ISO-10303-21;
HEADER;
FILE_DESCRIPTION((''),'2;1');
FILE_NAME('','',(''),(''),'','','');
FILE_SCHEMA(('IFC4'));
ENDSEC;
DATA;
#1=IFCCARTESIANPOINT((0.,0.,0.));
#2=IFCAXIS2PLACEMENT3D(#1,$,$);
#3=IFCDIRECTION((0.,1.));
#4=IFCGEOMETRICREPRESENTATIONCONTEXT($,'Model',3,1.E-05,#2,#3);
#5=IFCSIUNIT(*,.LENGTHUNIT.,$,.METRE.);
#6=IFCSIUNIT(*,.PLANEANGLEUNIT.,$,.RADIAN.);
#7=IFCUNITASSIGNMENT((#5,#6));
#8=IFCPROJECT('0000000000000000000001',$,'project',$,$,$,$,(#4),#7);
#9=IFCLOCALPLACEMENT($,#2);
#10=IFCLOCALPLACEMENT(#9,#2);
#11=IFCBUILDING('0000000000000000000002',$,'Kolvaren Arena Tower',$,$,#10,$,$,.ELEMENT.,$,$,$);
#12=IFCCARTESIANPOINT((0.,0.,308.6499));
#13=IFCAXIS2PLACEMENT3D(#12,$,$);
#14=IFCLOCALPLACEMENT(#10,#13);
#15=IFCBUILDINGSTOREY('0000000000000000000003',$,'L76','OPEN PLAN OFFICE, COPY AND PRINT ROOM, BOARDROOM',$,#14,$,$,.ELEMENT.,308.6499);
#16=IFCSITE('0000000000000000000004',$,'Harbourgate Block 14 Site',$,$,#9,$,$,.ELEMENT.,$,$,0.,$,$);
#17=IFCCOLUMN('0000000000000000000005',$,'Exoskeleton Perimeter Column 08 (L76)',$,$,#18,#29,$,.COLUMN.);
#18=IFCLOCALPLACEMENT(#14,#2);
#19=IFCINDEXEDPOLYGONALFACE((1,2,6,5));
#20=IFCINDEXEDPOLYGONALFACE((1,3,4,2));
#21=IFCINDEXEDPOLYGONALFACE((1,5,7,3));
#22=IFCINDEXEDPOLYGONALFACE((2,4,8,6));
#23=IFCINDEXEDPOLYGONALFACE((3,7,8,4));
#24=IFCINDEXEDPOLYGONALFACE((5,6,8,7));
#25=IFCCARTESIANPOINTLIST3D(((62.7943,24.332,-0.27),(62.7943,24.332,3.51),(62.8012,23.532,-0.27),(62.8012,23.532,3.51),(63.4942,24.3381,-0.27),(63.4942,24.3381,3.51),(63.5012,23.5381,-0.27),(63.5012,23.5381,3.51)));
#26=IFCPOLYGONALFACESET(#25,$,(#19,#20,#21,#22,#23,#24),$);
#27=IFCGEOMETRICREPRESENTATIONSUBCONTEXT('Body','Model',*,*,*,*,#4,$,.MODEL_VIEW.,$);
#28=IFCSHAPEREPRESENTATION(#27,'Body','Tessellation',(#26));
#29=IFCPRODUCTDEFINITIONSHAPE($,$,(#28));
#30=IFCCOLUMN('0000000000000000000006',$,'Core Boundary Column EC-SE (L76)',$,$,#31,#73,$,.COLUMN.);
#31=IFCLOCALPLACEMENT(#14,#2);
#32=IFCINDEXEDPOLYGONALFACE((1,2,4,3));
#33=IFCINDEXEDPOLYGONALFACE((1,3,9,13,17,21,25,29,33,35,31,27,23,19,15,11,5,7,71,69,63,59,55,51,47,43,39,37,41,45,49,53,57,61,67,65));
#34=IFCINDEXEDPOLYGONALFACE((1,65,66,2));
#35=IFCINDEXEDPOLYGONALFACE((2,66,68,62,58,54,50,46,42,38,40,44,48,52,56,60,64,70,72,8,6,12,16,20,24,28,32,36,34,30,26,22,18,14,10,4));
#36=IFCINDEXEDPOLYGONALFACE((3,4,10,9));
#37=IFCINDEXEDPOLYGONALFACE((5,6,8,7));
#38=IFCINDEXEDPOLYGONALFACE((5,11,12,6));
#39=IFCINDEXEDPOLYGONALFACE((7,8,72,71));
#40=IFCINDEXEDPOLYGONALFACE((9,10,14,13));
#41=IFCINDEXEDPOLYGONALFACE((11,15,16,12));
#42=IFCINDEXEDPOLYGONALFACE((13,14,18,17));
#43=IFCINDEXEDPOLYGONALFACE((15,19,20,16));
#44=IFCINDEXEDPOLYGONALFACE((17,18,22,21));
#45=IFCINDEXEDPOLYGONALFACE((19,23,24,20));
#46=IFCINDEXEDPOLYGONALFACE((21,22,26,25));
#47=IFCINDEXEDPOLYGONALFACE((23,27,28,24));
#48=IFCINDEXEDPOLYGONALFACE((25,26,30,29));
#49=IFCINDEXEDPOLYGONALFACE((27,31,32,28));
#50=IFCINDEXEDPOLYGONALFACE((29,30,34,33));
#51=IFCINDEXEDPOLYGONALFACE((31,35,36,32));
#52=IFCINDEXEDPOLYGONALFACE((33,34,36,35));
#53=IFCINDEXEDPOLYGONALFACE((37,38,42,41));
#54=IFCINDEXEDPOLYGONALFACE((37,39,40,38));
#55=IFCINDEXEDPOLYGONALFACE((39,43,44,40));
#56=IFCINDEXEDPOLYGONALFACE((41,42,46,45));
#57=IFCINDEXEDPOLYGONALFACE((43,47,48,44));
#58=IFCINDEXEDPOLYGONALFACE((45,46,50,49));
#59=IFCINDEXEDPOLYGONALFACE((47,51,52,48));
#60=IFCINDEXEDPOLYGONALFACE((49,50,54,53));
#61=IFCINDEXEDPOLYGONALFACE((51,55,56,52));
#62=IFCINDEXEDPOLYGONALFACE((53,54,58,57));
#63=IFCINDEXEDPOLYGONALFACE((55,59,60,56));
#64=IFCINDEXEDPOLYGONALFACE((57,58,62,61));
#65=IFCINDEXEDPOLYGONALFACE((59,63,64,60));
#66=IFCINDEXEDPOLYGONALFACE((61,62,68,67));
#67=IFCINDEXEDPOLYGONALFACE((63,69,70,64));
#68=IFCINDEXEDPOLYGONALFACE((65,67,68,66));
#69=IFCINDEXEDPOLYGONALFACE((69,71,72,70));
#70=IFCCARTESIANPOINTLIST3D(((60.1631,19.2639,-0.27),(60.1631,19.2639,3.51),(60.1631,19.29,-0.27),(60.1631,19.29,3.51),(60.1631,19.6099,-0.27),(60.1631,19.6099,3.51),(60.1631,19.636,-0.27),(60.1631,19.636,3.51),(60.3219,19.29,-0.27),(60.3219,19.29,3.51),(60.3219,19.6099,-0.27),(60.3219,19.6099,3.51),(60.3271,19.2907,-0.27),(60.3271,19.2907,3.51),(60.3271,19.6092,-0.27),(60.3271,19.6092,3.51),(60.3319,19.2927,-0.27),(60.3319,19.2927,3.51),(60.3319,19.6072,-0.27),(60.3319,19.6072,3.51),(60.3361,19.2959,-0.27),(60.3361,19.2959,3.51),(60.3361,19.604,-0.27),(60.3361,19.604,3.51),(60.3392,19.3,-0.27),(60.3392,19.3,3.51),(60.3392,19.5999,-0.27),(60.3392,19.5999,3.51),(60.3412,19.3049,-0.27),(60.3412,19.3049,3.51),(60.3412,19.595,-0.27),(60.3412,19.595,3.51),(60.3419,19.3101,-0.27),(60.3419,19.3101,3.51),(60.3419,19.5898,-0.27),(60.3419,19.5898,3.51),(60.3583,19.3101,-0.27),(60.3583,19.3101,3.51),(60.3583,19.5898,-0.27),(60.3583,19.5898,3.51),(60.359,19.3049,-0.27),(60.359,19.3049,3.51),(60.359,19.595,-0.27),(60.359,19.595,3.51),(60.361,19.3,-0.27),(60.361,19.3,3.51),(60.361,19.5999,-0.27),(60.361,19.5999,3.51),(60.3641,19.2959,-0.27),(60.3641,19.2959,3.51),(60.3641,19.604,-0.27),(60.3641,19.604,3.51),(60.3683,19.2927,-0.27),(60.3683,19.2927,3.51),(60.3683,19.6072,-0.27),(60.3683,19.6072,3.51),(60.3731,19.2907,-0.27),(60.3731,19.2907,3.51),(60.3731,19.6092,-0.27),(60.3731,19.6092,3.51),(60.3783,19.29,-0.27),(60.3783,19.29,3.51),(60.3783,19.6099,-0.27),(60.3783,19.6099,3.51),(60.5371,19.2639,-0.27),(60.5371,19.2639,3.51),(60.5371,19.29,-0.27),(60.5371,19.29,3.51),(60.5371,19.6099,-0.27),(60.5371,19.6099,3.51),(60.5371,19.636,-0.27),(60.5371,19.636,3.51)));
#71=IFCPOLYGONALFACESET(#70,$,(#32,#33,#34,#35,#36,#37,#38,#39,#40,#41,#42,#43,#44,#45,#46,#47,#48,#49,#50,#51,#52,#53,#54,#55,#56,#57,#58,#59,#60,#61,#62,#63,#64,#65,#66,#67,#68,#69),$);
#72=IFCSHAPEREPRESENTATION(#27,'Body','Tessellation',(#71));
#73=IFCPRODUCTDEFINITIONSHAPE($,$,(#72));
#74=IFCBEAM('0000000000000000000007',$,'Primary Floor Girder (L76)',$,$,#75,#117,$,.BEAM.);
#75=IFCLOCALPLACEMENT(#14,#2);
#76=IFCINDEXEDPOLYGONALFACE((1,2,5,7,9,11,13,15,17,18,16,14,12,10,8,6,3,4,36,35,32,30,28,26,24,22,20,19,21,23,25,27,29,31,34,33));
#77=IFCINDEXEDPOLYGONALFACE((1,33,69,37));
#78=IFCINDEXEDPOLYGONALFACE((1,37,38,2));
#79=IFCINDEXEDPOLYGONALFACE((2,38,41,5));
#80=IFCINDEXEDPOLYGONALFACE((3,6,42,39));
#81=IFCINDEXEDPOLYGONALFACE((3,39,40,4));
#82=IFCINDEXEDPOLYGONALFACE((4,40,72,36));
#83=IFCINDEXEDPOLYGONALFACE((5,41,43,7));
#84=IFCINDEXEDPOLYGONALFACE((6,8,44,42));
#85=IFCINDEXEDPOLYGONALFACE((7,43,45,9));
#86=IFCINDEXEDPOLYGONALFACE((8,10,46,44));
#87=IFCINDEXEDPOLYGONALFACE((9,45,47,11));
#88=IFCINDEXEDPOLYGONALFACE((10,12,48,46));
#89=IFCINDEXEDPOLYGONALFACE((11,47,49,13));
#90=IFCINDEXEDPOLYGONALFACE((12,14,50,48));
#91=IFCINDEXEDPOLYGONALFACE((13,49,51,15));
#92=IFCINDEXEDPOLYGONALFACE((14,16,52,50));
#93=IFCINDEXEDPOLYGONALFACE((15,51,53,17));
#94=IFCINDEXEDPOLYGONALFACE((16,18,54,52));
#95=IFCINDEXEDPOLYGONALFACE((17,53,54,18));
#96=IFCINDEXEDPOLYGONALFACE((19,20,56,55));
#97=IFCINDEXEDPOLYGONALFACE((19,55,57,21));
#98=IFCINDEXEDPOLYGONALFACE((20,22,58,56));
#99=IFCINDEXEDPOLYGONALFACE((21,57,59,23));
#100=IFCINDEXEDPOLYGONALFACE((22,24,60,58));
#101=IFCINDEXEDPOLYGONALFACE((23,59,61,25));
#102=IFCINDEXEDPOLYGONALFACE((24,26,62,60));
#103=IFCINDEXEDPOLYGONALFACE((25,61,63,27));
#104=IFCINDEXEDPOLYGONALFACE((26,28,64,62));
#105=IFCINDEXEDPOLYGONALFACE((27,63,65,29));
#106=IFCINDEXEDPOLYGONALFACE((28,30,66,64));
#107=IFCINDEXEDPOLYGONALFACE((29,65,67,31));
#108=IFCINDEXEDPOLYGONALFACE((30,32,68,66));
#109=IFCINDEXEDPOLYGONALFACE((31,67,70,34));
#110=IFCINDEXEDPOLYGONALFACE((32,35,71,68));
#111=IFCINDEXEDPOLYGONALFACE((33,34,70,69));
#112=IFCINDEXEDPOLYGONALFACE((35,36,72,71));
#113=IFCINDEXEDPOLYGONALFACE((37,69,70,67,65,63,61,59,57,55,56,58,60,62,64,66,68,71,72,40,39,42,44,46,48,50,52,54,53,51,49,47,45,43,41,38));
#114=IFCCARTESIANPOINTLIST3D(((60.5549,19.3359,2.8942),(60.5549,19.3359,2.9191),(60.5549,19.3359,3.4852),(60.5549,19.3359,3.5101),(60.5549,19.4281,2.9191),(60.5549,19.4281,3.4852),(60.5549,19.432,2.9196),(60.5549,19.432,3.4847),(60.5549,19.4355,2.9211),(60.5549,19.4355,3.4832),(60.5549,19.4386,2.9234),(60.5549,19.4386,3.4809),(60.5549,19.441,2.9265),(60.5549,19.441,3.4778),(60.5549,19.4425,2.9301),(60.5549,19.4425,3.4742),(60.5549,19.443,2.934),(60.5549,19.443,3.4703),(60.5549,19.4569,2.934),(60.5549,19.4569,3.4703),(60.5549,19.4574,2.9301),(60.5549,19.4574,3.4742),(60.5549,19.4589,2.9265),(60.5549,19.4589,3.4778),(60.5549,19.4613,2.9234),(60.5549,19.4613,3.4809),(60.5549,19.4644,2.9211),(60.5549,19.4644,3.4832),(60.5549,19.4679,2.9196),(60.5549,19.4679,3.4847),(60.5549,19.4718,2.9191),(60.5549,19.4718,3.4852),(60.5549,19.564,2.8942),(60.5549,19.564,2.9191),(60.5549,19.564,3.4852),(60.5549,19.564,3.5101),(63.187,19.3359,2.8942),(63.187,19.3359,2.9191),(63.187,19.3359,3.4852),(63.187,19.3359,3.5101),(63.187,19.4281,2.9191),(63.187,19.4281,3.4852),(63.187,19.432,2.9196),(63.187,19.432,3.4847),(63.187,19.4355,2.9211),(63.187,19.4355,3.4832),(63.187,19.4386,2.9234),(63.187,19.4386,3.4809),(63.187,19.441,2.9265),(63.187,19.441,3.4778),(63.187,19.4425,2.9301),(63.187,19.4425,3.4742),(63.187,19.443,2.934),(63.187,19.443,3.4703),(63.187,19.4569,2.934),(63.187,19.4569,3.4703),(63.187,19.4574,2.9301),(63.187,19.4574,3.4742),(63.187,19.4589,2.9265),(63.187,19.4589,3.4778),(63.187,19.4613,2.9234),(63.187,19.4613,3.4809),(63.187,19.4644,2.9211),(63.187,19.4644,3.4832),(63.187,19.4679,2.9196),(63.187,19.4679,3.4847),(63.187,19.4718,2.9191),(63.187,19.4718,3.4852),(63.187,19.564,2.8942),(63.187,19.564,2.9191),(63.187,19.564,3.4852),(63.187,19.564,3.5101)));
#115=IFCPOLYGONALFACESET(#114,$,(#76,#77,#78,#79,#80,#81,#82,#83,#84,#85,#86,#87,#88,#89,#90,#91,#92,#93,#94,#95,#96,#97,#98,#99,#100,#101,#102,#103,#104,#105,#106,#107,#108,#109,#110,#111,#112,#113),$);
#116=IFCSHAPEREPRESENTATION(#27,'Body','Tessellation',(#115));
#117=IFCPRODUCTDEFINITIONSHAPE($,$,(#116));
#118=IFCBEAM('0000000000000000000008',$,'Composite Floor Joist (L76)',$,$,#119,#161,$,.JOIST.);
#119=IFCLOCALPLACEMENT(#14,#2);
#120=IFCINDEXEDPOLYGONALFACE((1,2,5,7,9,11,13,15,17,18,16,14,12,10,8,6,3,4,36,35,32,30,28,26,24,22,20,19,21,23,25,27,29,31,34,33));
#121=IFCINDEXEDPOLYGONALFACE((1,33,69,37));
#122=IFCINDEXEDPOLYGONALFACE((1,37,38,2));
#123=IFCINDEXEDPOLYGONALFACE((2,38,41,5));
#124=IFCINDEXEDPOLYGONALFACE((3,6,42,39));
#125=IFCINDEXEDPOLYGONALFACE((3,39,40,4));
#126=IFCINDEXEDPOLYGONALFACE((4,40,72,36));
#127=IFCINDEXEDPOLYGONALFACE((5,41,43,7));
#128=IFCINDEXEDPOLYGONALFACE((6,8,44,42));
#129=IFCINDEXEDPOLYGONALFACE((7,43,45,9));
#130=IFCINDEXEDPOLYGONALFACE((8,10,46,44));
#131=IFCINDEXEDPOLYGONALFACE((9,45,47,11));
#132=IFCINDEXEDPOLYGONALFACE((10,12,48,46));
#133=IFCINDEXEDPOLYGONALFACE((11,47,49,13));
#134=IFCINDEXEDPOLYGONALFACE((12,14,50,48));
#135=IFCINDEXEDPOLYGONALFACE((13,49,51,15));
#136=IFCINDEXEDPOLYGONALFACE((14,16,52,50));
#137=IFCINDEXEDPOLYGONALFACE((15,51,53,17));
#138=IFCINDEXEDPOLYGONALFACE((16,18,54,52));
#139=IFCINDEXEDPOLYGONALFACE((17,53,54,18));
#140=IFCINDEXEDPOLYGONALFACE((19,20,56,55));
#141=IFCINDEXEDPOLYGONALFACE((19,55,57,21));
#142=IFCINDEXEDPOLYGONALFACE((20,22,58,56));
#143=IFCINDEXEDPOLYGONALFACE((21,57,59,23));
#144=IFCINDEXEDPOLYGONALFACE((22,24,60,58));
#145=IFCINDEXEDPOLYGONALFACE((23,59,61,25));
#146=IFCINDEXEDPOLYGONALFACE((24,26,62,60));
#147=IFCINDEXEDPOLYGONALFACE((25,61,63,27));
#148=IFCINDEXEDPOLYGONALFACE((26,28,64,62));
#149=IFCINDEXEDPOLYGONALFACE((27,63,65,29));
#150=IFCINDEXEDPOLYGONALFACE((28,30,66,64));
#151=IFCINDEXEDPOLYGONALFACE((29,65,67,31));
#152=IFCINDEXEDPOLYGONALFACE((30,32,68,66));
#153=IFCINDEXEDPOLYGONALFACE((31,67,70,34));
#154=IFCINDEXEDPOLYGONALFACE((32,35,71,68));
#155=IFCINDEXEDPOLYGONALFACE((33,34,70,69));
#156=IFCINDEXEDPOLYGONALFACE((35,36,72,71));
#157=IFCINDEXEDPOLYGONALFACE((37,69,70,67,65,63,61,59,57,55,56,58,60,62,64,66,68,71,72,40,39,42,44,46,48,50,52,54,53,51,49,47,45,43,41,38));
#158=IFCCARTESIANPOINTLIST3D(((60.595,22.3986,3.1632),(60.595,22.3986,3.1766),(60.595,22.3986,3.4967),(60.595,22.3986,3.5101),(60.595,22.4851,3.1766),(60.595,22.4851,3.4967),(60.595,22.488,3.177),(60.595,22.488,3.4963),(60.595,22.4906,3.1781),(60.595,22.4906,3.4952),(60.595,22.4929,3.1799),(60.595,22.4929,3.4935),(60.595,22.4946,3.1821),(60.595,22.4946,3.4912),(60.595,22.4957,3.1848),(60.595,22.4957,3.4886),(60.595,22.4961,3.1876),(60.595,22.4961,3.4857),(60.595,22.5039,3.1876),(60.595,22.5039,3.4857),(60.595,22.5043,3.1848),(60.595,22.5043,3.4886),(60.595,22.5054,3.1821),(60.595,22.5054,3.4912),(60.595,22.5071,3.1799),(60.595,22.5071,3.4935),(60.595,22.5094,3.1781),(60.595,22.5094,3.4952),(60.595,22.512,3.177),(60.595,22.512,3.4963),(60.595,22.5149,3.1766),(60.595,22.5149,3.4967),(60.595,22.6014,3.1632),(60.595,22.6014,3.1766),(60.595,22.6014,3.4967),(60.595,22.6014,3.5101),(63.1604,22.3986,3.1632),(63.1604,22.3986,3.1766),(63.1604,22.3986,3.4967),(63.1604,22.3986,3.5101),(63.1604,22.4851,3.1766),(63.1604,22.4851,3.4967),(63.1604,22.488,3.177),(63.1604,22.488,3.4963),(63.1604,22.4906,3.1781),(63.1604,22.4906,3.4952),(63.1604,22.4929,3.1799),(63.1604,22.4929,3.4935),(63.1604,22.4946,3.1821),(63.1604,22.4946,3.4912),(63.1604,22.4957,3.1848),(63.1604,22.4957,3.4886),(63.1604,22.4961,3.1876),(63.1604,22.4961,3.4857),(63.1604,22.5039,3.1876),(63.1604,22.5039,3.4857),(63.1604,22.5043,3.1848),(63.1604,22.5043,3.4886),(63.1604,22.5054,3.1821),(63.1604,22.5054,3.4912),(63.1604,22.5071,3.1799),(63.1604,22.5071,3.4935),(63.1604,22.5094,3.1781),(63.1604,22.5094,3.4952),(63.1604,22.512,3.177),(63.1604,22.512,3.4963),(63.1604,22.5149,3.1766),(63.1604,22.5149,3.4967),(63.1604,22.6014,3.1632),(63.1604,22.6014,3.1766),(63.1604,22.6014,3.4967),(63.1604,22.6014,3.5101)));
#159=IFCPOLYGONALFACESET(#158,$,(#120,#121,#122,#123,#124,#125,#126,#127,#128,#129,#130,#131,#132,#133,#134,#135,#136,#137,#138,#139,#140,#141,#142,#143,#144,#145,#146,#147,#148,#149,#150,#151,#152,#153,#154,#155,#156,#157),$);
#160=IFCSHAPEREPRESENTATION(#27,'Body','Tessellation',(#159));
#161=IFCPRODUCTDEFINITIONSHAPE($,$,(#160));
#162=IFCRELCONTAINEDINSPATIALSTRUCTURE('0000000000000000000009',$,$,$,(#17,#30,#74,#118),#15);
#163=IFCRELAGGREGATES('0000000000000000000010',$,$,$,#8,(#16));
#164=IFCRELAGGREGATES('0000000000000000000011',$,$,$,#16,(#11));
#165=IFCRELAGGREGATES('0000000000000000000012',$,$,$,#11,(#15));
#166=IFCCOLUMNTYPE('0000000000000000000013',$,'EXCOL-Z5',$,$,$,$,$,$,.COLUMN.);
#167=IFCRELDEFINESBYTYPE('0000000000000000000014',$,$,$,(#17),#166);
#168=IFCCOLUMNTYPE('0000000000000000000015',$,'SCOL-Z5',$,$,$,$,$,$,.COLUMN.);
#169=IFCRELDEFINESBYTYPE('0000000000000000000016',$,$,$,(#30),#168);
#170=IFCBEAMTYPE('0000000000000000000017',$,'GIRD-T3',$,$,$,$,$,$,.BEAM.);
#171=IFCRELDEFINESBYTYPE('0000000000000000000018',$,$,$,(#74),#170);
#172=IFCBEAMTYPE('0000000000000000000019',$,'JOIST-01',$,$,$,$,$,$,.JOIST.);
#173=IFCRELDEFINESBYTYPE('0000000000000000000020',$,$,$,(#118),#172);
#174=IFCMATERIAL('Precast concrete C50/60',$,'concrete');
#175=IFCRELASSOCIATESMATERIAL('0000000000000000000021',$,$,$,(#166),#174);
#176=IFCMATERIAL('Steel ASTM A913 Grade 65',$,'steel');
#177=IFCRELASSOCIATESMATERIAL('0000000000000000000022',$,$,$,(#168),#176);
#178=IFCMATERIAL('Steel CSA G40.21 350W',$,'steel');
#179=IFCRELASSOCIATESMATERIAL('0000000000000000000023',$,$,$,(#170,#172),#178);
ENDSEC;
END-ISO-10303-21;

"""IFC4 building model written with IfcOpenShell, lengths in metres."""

from ifc_helpers import new_model, si_unit, direction, frame, origin, origin_2d, place, context, subcontext, project, spatial, rectangle, i_section, extrude, material, material_profile, profile_set, type_object, element, save


model = new_model("IFC4")

# Units and contexts
model_context = context("Model", 3, precision=1e-05, world=origin(), true_north=direction((0.0, 1.0)))
body_context = subcontext(model_context, "Body", "Model", "MODEL_VIEW")
ifc_project = project(units=[si_unit("LENGTHUNIT", "METRE"), si_unit("PLANEANGLEUNIT", "RADIAN")], contexts=[model_context])

# Site, building, storey
site_placement = place(None, origin())
site = spatial("IfcSite", under=ifc_project, at=site_placement, Name="Harbourgate Block 14 Site", CompositionType="ELEMENT", RefElevation=0.0)
building_placement = place(site_placement, origin())
building = spatial("IfcBuilding", under=site, at=building_placement, Name="Kolvaren Arena Tower", CompositionType="ELEMENT")
storey_placement = place(building_placement, frame((0.0, 0.0, 308.6499)))
storey = spatial("IfcBuildingStorey", under=building, at=storey_placement, Name="L76", Description="OPEN PLAN OFFICE, COPY AND PRINT ROOM, BOARDROOM", CompositionType="ELEMENT", Elevation=308.6499)

# Columns
ifc_material_1 = material(Name="Precast concrete C50/60", Category="concrete")
ifc_material_profile_1 = material_profile(ifc_material_1, rectangle(XDim=0.8, YDim=0.7, at=origin_2d()), Name="RC-800x700")
ifc_profile_set_1 = profile_set([ifc_material_profile_1], Name="Precast concrete C50/60")
column_type_1 = type_object("IfcColumnType", Name="EXCOL-Z5", PredefinedType="COLUMN", material=ifc_profile_set_1)
column_1_placement = place(storey_placement, frame((63.1477, 23.9351, -0.27), z_axis=(0.0, 0.0, 1.0), x_axis=(-0.008727, 0.999962, 0.0)))
element("IfcColumn", 1, at=column_1_placement, inside=storey, type_object=column_type_1, Name="Exoskeleton Perimeter Column 08 (L76)", PredefinedType="COLUMN", context=body_context, shape_type="SweptSolid", body=[
    extrude(rectangle(XDim=0.8, YDim=0.7, at=origin_2d()), origin(), (0.0, 0.0, 1.0), 3.78),
])
ifc_material_2 = material(Name="Steel ASTM A913 Grade 65", Category="steel")
ifc_material_profile_2 = material_profile(ifc_material_2, i_section(OverallWidth=0.374, OverallDepth=0.3721, WebThickness=0.0164, FlangeThickness=0.0261, FilletRadius=0.02, at=origin_2d()), Name="W360x196")
ifc_profile_set_2 = profile_set([ifc_material_profile_2], Name="Steel ASTM A913 Grade 65")
column_type_2 = type_object("IfcColumnType", Name="SCOL-Z5", PredefinedType="COLUMN", material=ifc_profile_set_2)
column_2_placement = place(storey_placement, frame((60.3501, 19.45, -0.27), z_axis=(0.0, 0.0, 1.0), x_axis=(1.0, 0.0, 0.0)))
element("IfcColumn", 2, at=column_2_placement, inside=storey, type_object=column_type_2, Name="Core Boundary Column EC-SE (L76)", PredefinedType="COLUMN", context=body_context, shape_type="SweptSolid", body=[
    extrude(i_section(OverallWidth=0.374, OverallDepth=0.3721, WebThickness=0.0164, FlangeThickness=0.0261, FilletRadius=0.02, at=origin_2d()), origin(), (0.0, 0.0, 1.0), 3.78),
])

# Beams
ifc_material_3 = material(Name="Steel CSA G40.21 350W", Category="steel")
ifc_material_profile_3 = material_profile(ifc_material_3, i_section(OverallWidth=0.228, OverallDepth=0.616, WebThickness=0.0139, FlangeThickness=0.0249, FilletRadius=0.0149, at=origin_2d()), Name="W610x174")
ifc_profile_set_3 = profile_set([ifc_material_profile_3], Name="Steel CSA G40.21 350W")
beam_type_1 = type_object("IfcBeamType", Name="GIRD-T3", PredefinedType="BEAM", material=ifc_profile_set_3)
beam_1_placement = place(storey_placement, frame((60.5549, 19.45, 3.2021), z_axis=(1.0, 0.0, 0.0), x_axis=(0.0, 1.0, 0.0)))
element("IfcBeam", 3, at=beam_1_placement, inside=storey, type_object=beam_type_1, Name="Primary Floor Girder (L76)", PredefinedType="BEAM", context=body_context, shape_type="SweptSolid", body=[
    extrude(i_section(OverallWidth=0.228, OverallDepth=0.616, WebThickness=0.0139, FlangeThickness=0.0249, FilletRadius=0.0149, at=origin_2d()), origin(), (0.0, 0.0, 1.0), 2.6321),
])
ifc_material_profile_4 = material_profile(ifc_material_3, i_section(OverallWidth=0.2029, OverallDepth=0.3469, WebThickness=0.0078, FlangeThickness=0.0134, FilletRadius=0.011, at=origin_2d()), Name="W360x64")
ifc_profile_set_4 = profile_set([ifc_material_profile_4], Name="Steel CSA G40.21 350W")
beam_type_2 = type_object("IfcBeamType", Name="JOIST-01", PredefinedType="JOIST", material=ifc_profile_set_4)
beam_2_placement = place(storey_placement, frame((60.595, 22.5, 3.3367), z_axis=(1.0, 0.0, 0.0), x_axis=(0.0, 1.0, 0.0)))
element("IfcBeam", 4, at=beam_2_placement, inside=storey, type_object=beam_type_2, Name="Composite Floor Joist (L76)", PredefinedType="JOIST", context=body_context, shape_type="SweptSolid", body=[
    extrude(i_section(OverallWidth=0.2029, OverallDepth=0.3469, WebThickness=0.0078, FlangeThickness=0.0134, FilletRadius=0.011, at=origin_2d()), origin(), (0.0, 0.0, 1.0), 2.5654),
])

save(model, "model.ifc")
